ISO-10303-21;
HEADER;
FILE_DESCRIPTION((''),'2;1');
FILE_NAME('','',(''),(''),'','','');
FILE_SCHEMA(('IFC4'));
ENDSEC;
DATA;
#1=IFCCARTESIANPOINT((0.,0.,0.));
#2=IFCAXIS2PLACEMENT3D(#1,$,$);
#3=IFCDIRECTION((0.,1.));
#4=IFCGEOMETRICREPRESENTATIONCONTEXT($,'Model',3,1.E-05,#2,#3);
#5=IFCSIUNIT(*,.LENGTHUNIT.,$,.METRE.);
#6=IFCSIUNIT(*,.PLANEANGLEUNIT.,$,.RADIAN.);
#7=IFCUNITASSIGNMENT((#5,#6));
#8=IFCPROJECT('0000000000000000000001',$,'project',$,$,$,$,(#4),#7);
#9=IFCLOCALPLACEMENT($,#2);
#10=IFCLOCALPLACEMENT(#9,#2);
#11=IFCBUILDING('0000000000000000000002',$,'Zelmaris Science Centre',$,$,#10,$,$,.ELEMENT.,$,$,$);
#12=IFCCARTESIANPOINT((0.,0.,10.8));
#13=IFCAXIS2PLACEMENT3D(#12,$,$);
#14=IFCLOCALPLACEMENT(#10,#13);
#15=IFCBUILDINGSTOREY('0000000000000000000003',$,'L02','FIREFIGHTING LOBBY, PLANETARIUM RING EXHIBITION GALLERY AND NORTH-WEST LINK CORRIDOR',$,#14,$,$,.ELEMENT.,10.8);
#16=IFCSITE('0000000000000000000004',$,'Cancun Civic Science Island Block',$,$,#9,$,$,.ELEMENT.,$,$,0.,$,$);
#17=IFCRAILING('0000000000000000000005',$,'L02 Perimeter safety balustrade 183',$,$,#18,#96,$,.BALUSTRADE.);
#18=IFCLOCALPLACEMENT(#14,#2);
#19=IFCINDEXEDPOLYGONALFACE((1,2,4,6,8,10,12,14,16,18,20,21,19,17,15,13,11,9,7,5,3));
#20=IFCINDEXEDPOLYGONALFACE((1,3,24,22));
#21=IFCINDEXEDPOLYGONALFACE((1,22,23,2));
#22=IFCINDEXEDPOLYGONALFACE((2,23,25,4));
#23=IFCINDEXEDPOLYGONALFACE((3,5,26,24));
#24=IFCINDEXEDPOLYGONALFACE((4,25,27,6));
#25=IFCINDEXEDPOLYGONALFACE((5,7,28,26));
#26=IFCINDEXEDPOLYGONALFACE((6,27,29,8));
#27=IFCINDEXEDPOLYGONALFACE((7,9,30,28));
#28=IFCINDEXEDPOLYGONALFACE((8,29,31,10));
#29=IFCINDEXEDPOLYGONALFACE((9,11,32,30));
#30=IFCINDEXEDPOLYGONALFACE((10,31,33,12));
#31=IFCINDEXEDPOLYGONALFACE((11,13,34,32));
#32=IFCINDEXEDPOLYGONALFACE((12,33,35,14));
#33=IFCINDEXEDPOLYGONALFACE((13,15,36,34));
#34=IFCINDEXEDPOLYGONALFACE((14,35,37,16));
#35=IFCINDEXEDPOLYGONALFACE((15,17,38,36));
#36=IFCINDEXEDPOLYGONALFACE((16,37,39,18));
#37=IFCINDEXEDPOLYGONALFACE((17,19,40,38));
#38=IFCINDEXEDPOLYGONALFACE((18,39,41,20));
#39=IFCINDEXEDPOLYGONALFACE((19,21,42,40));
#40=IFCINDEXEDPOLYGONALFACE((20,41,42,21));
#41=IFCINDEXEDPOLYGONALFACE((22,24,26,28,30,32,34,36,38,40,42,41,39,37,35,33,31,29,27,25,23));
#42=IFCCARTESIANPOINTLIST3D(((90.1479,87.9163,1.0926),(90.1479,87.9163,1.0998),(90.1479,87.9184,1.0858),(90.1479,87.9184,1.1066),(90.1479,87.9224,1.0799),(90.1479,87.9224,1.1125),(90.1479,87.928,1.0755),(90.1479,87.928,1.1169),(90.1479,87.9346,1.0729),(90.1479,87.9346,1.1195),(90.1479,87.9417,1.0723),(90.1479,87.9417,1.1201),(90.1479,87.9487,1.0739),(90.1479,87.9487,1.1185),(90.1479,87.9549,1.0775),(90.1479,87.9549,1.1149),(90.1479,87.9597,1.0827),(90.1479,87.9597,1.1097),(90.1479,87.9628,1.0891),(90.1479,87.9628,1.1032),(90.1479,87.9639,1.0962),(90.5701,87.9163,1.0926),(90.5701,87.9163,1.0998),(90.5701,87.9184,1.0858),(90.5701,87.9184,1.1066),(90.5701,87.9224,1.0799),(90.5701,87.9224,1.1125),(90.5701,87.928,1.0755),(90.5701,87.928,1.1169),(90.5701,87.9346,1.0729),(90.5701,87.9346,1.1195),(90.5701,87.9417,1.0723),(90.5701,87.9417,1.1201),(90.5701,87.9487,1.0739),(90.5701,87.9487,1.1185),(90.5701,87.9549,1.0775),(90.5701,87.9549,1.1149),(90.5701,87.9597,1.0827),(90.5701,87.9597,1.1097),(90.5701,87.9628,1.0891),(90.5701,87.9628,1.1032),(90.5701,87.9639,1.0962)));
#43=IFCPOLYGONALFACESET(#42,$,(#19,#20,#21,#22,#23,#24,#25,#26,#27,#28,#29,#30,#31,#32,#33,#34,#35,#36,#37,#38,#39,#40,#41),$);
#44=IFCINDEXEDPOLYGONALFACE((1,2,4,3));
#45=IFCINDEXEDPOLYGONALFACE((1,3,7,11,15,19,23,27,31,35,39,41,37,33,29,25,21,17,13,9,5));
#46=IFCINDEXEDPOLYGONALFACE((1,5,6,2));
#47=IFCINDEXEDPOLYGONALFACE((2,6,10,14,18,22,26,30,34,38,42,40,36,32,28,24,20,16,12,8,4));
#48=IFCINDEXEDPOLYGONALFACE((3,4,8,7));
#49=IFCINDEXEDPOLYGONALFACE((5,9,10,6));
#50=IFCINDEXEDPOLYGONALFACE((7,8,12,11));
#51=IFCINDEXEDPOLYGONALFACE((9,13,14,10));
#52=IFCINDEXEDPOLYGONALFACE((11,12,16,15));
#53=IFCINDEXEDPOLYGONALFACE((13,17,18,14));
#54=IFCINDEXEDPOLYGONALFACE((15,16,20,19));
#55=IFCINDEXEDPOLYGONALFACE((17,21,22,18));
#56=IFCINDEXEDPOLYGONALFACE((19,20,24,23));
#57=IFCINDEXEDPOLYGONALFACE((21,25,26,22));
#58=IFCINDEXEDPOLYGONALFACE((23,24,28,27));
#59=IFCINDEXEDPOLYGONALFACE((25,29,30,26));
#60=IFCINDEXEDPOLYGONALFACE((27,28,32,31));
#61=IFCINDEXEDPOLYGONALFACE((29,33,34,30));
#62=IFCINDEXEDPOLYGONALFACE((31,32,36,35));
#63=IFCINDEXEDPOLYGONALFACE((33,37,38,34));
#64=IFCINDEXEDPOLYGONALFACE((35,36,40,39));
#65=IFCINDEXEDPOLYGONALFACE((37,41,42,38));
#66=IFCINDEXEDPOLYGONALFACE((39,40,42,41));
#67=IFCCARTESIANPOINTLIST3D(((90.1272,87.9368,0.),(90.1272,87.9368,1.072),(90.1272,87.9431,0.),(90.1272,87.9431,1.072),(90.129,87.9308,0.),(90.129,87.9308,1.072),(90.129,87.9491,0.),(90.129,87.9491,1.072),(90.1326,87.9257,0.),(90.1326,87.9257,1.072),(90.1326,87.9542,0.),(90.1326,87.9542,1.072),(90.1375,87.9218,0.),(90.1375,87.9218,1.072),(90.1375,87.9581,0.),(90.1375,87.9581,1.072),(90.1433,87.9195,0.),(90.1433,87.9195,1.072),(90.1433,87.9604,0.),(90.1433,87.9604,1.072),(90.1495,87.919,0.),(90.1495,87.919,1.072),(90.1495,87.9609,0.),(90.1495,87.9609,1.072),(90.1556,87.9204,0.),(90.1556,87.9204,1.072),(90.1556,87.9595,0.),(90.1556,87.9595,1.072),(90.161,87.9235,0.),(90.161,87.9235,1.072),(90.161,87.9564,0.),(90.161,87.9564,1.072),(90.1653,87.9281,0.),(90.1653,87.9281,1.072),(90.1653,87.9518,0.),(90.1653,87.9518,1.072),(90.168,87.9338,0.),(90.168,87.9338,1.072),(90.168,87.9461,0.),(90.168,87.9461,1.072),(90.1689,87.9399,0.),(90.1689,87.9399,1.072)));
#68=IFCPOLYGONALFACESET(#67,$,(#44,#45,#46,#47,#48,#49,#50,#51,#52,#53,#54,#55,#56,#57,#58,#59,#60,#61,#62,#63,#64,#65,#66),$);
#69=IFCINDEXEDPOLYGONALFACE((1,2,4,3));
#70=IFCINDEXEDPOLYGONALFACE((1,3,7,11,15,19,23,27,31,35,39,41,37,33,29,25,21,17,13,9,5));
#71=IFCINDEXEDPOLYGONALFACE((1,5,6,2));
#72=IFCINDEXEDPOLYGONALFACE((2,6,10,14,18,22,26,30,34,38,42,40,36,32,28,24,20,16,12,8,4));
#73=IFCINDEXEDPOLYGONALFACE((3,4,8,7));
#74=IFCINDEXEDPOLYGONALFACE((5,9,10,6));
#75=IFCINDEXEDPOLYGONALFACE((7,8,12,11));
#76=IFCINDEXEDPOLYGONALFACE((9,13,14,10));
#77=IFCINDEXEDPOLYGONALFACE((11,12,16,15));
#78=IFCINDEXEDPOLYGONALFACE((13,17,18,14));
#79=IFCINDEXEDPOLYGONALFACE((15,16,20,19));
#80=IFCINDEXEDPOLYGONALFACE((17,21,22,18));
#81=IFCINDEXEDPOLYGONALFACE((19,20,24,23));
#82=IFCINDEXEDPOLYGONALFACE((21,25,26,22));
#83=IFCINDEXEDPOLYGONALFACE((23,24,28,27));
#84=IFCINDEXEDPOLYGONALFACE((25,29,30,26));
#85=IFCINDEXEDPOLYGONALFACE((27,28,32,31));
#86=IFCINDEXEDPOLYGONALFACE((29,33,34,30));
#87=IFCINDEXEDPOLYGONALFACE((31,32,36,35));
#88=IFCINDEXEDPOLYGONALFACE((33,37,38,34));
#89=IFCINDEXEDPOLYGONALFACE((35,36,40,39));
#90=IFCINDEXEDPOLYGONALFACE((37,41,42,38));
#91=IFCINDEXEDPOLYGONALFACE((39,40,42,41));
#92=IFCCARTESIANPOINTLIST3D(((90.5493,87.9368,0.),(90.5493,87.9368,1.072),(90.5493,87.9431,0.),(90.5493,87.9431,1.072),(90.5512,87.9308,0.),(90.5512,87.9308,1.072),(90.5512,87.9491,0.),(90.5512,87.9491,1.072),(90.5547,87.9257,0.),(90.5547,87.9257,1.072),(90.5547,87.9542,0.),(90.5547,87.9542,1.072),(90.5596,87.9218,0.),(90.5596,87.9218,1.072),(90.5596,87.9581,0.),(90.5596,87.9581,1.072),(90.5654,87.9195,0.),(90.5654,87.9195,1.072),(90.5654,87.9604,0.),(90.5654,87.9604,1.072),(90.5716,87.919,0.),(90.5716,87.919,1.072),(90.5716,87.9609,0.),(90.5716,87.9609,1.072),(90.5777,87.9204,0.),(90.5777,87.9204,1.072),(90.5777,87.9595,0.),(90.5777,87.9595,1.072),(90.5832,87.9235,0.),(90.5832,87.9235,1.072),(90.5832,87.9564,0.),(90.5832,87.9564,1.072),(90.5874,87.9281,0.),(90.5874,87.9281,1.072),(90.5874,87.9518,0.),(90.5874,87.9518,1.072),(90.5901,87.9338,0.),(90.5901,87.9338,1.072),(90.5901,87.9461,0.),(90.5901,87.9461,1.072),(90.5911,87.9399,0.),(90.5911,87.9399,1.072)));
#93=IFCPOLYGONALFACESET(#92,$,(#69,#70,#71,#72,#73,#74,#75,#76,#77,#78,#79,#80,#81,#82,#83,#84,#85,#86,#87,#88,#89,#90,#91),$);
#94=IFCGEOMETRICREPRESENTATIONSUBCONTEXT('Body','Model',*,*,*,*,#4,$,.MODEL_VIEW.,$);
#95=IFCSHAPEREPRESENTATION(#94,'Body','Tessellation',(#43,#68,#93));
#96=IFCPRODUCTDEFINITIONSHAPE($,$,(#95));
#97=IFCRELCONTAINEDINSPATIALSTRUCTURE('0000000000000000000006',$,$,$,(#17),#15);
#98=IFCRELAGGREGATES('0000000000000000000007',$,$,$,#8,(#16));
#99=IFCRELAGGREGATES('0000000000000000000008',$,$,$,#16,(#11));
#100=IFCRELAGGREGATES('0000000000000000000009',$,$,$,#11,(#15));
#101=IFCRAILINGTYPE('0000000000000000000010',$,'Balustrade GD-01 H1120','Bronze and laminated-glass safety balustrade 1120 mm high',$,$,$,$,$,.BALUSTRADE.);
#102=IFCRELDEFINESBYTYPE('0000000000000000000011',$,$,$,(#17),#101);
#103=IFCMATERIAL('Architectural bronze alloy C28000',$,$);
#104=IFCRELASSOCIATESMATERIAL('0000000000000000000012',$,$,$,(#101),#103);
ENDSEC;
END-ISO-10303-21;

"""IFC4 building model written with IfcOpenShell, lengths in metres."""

from ifc_helpers import new_model, si_unit, direction, frame, origin, origin_2d, place, context, subcontext, project, spatial, circle, extrude, material, type_object, element, save


model = new_model("IFC4")

# Units and contexts
model_context = context("Model", 3, precision=1e-05, world=origin(), true_north=direction((0.0, 1.0)))
body_context = subcontext(model_context, "Body", "Model", "MODEL_VIEW")
ifc_project = project(units=[si_unit("LENGTHUNIT", "METRE"), si_unit("PLANEANGLEUNIT", "RADIAN")], contexts=[model_context])

# Site, building, storey
site_placement = place(None, origin())
site = spatial("IfcSite", under=ifc_project, at=site_placement, Name="Cancun Civic Science Island Block", CompositionType="ELEMENT", RefElevation=0.0)
building_placement = place(site_placement, origin())
building = spatial("IfcBuilding", under=site, at=building_placement, Name="Zelmaris Science Centre", CompositionType="ELEMENT")
storey_placement = place(building_placement, frame((0.0, 0.0, 10.8)))
storey = spatial("IfcBuildingStorey", under=building, at=storey_placement, Name="L02", Description="FIREFIGHTING LOBBY, PLANETARIUM RING EXHIBITION GALLERY AND NORTH-WEST LINK CORRIDOR", CompositionType="ELEMENT", Elevation=10.8)

# Railing
ifc_material_1 = material(Name="Architectural bronze alloy C28000")
railing_type = type_object("IfcRailingType", Name="Balustrade GD-01 H1120", Description="Bronze and laminated-glass safety balustrade 1120 mm high", PredefinedType="BALUSTRADE", material=ifc_material_1)
railing_1_placement = place(storey_placement, frame((90.1479, 87.9399, 0.0)))
element("IfcRailing", 1, at=railing_1_placement, inside=storey, type_object=railing_type, Name="L02 Perimeter safety balustrade 183", PredefinedType="BALUSTRADE", context=body_context, shape_type="SweptSolid", body=[
    extrude(circle(Radius=0.0239, at=origin_2d()), frame((0.0, 0.0, 1.0962), z_axis=(1.0, 0.0, 0.0), x_axis=(0.0, 1.0, 0.0)), (0.0, 0.0, 1.0), 0.4221),
    extrude(circle(Radius=0.021, at=origin_2d()), origin(), (0.0, 0.0, 1.0), 1.072),
    extrude(circle(Radius=0.021, at=origin_2d()), frame((0.4221, 0.0, 0.0)), (0.0, 0.0, 1.0), 1.072),
])

save(model, "model.ifc")
